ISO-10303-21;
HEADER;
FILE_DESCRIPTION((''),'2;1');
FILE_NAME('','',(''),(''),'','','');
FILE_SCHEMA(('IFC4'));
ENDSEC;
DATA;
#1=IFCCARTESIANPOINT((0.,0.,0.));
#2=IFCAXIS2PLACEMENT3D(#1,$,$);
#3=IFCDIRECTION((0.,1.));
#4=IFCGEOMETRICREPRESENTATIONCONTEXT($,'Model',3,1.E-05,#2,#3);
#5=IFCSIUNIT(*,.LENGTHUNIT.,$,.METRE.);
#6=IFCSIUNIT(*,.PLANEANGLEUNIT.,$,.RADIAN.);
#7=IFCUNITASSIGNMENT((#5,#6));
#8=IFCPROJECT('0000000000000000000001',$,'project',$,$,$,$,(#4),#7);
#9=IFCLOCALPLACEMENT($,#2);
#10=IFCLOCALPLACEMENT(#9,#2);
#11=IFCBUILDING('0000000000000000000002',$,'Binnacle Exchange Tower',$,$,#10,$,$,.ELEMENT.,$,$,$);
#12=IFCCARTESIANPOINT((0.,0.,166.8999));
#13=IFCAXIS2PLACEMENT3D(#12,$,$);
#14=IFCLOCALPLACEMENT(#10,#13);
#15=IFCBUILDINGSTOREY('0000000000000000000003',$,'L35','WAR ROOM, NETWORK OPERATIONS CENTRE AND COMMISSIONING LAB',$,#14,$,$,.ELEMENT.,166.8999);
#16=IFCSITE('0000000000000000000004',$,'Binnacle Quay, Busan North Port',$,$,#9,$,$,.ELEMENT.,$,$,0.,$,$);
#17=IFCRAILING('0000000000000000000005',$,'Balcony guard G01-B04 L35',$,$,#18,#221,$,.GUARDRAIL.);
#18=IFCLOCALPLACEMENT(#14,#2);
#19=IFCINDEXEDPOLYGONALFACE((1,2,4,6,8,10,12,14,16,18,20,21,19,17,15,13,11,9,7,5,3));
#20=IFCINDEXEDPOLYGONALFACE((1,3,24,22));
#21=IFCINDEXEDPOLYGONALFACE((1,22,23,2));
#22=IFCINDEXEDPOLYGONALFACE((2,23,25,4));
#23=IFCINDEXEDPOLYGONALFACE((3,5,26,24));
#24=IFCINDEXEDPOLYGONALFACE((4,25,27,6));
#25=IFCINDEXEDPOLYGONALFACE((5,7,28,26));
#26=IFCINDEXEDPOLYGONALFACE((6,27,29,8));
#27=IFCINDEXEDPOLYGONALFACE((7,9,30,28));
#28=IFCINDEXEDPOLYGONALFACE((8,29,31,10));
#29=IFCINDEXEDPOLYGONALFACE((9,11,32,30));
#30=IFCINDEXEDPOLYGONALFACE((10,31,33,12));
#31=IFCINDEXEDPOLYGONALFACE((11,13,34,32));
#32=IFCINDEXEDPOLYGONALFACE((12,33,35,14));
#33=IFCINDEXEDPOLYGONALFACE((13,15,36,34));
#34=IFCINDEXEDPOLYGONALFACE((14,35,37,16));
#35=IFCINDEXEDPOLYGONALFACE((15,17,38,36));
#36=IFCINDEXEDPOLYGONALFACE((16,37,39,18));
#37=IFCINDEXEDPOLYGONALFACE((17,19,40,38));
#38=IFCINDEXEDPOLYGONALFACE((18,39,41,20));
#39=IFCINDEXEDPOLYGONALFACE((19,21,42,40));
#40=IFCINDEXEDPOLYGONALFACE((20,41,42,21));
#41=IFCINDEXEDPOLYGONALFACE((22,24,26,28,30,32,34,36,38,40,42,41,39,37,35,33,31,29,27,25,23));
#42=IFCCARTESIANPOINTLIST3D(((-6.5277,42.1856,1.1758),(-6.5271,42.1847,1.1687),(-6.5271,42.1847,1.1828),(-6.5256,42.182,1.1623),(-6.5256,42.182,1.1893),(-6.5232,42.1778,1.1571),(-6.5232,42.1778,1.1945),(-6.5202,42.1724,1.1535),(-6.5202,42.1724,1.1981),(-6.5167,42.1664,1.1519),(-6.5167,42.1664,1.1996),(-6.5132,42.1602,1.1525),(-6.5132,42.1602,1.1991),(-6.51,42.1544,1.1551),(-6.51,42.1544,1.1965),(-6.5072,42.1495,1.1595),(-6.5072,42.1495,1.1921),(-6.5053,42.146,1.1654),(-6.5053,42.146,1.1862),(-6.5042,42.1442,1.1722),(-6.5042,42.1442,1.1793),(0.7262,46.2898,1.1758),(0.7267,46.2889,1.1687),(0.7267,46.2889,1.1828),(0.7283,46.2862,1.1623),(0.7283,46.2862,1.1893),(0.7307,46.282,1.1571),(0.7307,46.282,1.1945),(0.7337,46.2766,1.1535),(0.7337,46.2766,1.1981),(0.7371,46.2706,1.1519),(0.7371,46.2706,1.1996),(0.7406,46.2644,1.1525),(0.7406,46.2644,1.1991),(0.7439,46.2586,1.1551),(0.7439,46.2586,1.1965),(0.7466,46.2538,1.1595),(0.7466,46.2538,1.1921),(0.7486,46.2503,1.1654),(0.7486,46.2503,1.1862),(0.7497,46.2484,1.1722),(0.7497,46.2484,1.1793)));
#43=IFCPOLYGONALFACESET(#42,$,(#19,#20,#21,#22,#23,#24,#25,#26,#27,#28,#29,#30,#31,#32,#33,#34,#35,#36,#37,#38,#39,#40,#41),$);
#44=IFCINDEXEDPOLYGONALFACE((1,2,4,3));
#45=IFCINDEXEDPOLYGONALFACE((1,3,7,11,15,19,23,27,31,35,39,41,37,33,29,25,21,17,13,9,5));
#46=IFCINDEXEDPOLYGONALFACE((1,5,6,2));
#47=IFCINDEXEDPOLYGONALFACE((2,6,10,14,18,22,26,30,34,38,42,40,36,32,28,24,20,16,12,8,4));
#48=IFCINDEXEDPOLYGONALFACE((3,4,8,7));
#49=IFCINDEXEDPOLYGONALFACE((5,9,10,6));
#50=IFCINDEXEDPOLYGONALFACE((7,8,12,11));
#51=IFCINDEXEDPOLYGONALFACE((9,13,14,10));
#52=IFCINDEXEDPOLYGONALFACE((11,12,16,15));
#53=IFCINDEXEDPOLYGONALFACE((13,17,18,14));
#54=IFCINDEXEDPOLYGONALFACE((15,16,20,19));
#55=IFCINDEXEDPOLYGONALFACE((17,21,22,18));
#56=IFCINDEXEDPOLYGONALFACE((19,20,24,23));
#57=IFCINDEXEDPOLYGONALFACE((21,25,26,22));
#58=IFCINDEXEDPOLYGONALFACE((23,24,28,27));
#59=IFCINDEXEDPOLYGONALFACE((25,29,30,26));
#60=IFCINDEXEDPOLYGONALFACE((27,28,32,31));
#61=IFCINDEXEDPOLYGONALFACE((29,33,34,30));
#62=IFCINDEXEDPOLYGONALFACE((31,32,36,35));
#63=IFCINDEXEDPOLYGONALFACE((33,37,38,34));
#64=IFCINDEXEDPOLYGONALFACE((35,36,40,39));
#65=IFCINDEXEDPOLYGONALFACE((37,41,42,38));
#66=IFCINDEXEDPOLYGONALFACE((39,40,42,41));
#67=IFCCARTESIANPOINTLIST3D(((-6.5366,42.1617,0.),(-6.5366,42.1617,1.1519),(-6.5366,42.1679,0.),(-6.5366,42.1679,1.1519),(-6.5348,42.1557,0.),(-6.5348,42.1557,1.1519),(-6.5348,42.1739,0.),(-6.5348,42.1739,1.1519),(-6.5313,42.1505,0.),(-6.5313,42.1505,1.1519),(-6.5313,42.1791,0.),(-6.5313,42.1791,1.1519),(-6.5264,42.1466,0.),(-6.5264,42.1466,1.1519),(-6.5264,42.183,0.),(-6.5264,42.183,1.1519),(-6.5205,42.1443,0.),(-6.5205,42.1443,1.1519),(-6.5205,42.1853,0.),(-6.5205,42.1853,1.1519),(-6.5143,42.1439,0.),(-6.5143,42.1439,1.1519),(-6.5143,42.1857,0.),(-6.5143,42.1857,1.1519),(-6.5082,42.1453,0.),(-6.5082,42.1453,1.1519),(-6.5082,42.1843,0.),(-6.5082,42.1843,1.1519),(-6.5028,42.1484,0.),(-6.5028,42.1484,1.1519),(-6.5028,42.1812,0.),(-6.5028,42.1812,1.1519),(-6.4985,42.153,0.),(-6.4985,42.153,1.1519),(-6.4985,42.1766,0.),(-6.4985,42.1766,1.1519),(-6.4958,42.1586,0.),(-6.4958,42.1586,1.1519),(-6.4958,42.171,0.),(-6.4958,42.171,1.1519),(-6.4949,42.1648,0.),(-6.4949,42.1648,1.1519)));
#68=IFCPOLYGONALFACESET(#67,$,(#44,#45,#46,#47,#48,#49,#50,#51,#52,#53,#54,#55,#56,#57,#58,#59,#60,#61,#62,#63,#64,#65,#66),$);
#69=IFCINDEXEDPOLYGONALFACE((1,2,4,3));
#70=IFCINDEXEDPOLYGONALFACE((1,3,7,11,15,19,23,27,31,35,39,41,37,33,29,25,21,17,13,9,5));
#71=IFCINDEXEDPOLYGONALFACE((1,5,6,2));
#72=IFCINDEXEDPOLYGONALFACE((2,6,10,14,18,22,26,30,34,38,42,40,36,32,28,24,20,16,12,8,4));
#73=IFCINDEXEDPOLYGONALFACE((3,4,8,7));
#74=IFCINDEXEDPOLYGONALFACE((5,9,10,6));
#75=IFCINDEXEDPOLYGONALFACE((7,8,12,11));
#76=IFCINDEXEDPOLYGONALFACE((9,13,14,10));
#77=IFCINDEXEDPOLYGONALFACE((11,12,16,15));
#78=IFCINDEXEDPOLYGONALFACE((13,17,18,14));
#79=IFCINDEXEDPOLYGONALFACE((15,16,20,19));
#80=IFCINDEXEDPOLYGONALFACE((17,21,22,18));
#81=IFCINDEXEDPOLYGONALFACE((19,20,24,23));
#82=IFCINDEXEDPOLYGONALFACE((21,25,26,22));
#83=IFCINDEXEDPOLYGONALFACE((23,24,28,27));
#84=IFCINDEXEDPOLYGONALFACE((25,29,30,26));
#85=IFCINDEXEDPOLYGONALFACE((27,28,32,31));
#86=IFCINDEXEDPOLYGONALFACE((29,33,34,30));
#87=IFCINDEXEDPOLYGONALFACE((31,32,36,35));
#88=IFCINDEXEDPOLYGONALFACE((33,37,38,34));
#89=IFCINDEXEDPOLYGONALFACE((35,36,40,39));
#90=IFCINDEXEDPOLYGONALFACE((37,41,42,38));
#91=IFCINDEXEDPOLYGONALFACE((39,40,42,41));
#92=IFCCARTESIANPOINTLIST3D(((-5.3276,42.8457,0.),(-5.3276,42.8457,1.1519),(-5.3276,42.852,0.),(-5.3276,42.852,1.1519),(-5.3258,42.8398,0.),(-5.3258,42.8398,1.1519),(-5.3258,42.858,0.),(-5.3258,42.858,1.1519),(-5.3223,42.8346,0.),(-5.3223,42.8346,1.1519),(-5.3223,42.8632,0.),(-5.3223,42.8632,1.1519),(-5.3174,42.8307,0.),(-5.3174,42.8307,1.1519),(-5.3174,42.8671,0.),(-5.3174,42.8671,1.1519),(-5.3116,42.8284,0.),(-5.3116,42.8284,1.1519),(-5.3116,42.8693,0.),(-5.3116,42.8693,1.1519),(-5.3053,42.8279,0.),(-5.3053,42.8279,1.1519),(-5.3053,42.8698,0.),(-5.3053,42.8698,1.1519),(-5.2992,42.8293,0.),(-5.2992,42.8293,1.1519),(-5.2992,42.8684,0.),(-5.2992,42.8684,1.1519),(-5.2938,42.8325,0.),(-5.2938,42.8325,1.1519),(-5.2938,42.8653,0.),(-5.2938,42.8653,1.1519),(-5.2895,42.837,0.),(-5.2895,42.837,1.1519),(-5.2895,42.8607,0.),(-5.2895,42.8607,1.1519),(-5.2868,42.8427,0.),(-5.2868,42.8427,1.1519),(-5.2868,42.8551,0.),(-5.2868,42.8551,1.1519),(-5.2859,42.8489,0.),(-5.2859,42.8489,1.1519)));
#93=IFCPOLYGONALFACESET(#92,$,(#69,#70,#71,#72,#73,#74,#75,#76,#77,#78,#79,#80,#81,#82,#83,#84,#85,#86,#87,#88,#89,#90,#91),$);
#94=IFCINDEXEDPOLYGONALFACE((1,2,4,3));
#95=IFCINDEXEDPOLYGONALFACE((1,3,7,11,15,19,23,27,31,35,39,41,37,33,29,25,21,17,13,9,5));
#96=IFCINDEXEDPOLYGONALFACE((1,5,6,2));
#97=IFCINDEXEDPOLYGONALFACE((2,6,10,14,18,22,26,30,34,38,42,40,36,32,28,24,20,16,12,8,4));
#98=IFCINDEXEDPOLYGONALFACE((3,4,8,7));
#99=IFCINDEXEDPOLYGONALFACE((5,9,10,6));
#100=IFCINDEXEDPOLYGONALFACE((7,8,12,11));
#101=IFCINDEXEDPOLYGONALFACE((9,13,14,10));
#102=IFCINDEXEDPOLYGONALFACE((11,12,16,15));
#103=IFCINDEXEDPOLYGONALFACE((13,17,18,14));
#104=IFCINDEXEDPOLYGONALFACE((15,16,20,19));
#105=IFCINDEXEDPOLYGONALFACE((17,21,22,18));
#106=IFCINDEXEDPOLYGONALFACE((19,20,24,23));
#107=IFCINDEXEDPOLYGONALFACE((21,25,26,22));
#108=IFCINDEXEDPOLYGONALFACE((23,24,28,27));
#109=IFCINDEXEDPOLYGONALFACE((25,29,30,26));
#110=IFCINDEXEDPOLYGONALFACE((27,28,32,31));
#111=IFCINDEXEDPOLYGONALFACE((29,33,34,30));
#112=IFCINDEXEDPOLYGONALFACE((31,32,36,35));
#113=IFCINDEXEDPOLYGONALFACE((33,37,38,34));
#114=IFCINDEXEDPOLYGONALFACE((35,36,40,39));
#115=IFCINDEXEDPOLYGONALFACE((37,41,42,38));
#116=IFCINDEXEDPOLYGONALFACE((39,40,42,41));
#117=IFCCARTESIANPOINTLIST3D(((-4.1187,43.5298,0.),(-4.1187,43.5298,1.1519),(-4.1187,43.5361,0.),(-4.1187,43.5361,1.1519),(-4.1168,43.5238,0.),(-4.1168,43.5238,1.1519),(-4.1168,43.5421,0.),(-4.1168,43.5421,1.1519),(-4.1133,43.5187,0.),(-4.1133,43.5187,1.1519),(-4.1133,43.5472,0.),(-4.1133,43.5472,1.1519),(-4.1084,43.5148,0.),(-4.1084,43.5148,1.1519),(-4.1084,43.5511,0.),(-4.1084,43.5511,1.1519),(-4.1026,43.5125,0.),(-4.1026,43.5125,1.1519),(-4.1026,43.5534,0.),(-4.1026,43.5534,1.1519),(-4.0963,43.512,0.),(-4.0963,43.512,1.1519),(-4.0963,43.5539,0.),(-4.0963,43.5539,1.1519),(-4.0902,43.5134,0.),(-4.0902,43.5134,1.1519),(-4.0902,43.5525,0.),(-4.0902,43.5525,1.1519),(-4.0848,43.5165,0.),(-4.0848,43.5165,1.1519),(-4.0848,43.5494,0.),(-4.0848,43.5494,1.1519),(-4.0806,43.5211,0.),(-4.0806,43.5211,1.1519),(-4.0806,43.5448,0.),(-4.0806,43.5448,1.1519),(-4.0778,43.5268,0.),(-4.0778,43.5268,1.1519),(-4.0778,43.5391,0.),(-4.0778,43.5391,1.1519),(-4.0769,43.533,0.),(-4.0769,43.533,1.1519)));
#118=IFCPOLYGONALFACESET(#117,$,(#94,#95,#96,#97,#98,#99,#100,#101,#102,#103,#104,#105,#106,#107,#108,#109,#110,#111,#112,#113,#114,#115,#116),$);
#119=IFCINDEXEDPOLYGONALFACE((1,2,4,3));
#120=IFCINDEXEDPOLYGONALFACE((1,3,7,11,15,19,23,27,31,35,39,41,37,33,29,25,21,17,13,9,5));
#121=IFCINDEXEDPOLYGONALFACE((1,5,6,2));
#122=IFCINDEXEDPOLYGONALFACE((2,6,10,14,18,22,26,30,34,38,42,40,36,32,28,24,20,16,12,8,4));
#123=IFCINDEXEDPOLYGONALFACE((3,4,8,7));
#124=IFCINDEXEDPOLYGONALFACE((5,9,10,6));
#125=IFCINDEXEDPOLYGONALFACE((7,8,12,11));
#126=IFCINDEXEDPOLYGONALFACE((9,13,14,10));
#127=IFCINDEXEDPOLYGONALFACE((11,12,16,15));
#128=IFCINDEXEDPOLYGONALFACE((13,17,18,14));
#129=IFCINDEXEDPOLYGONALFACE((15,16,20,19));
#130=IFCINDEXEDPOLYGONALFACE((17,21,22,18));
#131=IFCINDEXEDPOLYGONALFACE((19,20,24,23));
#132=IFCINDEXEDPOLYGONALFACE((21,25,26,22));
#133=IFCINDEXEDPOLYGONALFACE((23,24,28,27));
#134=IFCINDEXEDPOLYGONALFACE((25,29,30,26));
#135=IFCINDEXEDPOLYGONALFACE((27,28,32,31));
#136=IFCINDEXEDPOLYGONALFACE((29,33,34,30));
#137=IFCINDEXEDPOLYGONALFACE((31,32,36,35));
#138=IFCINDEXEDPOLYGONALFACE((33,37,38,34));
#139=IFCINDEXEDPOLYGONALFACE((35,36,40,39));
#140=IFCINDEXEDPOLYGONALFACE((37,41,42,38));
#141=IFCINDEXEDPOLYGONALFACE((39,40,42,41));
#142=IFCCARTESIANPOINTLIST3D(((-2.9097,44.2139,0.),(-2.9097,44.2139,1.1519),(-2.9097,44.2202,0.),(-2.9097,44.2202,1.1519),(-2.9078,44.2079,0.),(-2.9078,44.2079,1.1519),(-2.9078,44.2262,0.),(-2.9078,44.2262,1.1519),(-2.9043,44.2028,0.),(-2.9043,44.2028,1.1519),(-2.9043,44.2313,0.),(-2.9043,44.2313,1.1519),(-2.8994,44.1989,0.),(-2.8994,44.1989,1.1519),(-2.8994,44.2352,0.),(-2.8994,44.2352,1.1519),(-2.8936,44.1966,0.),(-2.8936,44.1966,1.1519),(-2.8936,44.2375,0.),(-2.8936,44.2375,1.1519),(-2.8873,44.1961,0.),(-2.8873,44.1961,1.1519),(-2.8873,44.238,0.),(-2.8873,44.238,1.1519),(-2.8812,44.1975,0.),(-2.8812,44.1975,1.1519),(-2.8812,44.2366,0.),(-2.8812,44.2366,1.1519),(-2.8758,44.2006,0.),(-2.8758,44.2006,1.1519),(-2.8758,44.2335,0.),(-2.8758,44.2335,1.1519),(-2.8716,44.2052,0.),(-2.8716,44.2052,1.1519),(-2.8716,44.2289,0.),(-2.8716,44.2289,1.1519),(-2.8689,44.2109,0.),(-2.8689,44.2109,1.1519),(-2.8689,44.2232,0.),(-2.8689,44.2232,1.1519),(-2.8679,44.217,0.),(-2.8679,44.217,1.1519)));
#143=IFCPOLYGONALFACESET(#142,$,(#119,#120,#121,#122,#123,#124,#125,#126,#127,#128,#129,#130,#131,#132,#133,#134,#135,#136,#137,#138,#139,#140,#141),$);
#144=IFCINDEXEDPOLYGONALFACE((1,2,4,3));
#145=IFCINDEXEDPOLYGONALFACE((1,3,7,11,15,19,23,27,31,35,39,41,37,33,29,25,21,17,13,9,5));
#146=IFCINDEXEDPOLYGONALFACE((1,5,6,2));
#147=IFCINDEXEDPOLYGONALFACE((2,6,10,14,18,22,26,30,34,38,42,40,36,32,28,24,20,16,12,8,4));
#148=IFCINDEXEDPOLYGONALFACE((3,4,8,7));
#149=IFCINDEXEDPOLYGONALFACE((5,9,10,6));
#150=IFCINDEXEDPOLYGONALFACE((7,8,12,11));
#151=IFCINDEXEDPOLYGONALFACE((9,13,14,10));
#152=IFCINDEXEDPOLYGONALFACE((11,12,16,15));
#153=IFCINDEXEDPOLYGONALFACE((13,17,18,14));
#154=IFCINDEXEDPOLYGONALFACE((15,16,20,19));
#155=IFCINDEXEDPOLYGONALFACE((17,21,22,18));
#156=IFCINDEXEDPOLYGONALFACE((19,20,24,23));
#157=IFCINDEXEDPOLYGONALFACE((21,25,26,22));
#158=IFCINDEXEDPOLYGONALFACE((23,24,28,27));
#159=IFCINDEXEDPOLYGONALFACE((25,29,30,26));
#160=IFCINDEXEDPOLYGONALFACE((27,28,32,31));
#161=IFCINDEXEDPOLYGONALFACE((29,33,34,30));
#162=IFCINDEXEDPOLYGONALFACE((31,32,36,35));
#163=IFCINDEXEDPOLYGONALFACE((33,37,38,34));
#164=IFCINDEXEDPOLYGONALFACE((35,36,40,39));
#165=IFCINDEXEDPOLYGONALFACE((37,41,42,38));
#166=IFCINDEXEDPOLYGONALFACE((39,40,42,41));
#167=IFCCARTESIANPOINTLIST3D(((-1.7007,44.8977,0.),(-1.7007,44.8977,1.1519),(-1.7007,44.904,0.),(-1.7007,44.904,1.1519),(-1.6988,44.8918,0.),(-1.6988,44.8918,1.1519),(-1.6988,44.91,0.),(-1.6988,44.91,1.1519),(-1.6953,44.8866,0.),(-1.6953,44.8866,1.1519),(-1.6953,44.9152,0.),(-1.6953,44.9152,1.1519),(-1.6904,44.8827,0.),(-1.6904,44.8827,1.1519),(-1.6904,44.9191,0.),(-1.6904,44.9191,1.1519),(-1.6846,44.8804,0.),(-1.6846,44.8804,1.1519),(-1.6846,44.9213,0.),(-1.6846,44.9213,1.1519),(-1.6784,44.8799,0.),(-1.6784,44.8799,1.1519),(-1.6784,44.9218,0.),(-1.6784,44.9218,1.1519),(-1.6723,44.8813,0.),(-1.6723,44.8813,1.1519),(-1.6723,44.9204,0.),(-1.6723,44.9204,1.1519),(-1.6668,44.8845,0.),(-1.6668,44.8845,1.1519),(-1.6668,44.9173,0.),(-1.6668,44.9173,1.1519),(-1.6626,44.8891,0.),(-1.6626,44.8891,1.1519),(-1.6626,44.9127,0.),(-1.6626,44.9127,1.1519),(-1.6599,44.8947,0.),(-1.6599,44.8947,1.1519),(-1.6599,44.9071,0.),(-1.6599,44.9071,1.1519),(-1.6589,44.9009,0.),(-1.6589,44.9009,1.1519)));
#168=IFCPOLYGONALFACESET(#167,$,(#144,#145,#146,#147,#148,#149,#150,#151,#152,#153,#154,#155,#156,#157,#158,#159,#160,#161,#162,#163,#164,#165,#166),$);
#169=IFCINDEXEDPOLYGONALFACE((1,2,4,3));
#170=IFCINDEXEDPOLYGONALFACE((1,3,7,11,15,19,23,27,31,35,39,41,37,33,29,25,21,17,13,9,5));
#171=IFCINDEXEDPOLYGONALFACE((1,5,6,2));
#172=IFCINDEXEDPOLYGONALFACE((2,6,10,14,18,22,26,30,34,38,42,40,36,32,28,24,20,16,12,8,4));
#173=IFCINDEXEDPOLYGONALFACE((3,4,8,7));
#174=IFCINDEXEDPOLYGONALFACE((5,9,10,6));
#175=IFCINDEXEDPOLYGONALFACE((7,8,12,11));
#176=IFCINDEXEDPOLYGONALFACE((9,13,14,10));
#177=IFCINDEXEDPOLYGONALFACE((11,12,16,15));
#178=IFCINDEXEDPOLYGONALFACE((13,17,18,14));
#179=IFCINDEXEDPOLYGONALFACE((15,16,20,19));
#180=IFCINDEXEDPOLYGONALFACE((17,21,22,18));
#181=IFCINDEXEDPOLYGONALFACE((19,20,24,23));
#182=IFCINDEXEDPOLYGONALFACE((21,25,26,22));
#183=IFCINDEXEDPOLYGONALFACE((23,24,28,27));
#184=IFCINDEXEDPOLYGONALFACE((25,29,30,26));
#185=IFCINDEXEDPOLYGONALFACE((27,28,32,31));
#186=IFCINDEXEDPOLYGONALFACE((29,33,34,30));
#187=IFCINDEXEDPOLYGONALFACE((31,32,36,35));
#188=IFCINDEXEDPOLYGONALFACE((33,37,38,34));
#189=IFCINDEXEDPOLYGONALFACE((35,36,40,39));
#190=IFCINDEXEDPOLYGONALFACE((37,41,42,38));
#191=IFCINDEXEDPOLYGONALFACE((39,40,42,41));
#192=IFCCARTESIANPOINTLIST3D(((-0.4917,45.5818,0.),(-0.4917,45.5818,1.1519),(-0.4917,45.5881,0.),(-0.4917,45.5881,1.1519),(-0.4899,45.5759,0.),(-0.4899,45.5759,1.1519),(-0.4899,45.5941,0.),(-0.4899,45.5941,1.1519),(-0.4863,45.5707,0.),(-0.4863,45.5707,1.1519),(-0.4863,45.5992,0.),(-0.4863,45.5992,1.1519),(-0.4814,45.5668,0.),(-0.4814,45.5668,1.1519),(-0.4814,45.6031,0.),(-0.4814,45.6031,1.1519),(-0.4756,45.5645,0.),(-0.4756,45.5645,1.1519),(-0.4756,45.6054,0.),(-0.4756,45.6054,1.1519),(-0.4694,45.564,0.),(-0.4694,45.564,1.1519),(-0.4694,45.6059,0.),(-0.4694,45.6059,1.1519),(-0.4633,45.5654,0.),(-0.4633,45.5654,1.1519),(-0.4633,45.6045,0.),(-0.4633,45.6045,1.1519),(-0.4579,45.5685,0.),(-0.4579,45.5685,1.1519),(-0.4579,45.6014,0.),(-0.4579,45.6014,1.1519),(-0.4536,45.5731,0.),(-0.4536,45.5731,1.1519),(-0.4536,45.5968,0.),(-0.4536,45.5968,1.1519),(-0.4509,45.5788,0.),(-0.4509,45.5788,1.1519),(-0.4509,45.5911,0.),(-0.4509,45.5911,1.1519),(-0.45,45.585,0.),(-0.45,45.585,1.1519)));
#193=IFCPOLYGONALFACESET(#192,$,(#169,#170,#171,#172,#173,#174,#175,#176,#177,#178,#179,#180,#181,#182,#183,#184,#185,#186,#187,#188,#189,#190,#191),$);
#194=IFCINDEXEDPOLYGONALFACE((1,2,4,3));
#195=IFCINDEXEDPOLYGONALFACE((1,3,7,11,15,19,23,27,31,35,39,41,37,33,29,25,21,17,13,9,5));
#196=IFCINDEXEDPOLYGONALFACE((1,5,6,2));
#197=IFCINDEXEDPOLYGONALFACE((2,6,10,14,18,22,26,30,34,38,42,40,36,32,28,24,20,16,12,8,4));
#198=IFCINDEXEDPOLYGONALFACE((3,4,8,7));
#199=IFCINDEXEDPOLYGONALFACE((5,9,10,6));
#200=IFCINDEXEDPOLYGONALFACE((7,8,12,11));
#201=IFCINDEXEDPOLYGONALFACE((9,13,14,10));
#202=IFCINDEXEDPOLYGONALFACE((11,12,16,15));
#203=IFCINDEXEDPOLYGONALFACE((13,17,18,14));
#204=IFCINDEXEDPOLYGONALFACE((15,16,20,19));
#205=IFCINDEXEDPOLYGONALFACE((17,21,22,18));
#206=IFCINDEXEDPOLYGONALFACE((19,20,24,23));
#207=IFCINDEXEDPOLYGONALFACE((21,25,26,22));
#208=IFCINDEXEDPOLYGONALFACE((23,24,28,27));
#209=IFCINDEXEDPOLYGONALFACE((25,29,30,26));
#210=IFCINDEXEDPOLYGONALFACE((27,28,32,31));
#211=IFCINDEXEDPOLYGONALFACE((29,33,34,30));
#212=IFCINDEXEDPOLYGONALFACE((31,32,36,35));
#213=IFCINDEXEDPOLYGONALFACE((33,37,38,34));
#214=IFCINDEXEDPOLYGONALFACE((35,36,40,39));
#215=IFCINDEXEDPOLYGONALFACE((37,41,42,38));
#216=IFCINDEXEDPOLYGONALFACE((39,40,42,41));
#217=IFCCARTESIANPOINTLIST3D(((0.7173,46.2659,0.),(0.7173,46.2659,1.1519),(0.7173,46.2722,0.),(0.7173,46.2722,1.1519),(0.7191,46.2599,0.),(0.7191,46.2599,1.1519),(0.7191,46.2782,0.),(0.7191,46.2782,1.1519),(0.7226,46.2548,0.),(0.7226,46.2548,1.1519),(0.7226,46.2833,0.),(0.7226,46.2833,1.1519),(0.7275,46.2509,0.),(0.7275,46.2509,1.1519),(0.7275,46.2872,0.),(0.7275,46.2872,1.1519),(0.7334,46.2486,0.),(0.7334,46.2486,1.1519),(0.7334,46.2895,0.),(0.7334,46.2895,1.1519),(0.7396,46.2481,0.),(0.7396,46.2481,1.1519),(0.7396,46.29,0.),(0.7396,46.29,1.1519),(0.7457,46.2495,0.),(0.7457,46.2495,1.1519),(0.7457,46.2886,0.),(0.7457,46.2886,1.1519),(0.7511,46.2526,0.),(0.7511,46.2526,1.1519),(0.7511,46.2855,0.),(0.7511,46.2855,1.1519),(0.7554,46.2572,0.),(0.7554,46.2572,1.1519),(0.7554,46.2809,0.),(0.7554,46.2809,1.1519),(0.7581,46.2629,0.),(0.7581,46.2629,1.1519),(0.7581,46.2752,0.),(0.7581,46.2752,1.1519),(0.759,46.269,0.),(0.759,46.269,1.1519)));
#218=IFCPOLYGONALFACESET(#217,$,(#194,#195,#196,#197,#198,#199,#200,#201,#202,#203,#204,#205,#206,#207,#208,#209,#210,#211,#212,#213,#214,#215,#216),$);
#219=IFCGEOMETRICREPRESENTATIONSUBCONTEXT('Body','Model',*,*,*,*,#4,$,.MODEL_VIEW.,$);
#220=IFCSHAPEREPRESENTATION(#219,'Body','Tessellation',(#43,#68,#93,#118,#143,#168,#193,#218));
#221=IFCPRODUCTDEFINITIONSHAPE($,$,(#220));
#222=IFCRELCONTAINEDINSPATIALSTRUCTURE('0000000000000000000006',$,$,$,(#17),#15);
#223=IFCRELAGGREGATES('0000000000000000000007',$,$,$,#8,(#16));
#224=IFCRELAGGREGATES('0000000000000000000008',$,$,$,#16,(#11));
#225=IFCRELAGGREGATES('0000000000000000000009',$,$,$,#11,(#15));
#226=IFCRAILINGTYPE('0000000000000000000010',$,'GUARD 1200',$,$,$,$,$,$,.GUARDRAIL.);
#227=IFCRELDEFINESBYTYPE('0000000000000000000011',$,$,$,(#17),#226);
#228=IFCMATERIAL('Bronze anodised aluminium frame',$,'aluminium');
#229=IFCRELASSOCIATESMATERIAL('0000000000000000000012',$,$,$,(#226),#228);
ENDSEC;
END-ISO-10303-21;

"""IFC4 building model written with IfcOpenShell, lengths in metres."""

from ifc_helpers import new_model, si_unit, direction, frame, origin, origin_2d, place, context, subcontext, project, spatial, circle, extrude, material, type_object, element, save


model = new_model("IFC4")

# Units and contexts
model_context = context("Model", 3, precision=1e-05, world=origin(), true_north=direction((0.0, 1.0)))
body_context = subcontext(model_context, "Body", "Model", "MODEL_VIEW")
ifc_project = project(units=[si_unit("LENGTHUNIT", "METRE"), si_unit("PLANEANGLEUNIT", "RADIAN")], contexts=[model_context])

# Site, building, storey
site_placement = place(None, origin())
site = spatial("IfcSite", under=ifc_project, at=site_placement, Name="Binnacle Quay, Busan North Port", CompositionType="ELEMENT", RefElevation=0.0)
building_placement = place(site_placement, origin())
building = spatial("IfcBuilding", under=site, at=building_placement, Name="Binnacle Exchange Tower", CompositionType="ELEMENT")
storey_placement = place(building_placement, frame((0.0, 0.0, 166.8999)))
storey = spatial("IfcBuildingStorey", under=building, at=storey_placement, Name="L35", Description="WAR ROOM, NETWORK OPERATIONS CENTRE AND COMMISSIONING LAB", CompositionType="ELEMENT", Elevation=166.8999)

# Shared definitions
ifc_material_1 = material(Name="Bronze anodised aluminium frame", Category="aluminium")

# Railing
railing_type = type_object("IfcRailingType", Name="GUARD 1200", PredefinedType="GUARDRAIL", material=ifc_material_1)
railing_placement = place(storey_placement, frame((-6.5159, 42.1648, 0.0)))
element("IfcRailing", 1, at=railing_placement, inside=storey, type_object=railing_type, Name="Balcony guard G01-B04 L35", PredefinedType="GUARDRAIL", context=body_context, shape_type="SweptSolid", body=[
    extrude(circle(Radius=0.0239, at=origin_2d()), frame((0.0, 0.0, 1.1758), z_axis=(0.870346, 0.49244, 0.0), x_axis=(-0.49244, 0.870346, 0.0)), (0.0, 0.0, 1.0), 8.3345),
    extrude(circle(Radius=0.021, at=origin_2d()), origin(), (0.0, 0.0, 1.0), 1.1519),
    extrude(circle(Radius=0.021, at=origin_2d()), frame((1.209, 0.6841, 0.0)), (0.0, 0.0, 1.0), 1.1519),
    extrude(circle(Radius=0.021, at=origin_2d()), frame((2.418, 1.3682, 0.0)), (0.0, 0.0, 1.0), 1.1519),
    extrude(circle(Radius=0.021, at=origin_2d()), frame((3.627, 2.0522, 0.0)), (0.0, 0.0, 1.0), 1.1519),
    extrude(circle(Radius=0.021, at=origin_2d()), frame((4.8359, 2.7361, 0.0)), (0.0, 0.0, 1.0), 1.1519),
    extrude(circle(Radius=0.021, at=origin_2d()), frame((6.0449, 3.4202, 0.0)), (0.0, 0.0, 1.0), 1.1519),
    extrude(circle(Radius=0.021, at=origin_2d()), frame((7.2539, 4.1042, 0.0)), (0.0, 0.0, 1.0), 1.1519),
])

save(model, "model.ifc")
